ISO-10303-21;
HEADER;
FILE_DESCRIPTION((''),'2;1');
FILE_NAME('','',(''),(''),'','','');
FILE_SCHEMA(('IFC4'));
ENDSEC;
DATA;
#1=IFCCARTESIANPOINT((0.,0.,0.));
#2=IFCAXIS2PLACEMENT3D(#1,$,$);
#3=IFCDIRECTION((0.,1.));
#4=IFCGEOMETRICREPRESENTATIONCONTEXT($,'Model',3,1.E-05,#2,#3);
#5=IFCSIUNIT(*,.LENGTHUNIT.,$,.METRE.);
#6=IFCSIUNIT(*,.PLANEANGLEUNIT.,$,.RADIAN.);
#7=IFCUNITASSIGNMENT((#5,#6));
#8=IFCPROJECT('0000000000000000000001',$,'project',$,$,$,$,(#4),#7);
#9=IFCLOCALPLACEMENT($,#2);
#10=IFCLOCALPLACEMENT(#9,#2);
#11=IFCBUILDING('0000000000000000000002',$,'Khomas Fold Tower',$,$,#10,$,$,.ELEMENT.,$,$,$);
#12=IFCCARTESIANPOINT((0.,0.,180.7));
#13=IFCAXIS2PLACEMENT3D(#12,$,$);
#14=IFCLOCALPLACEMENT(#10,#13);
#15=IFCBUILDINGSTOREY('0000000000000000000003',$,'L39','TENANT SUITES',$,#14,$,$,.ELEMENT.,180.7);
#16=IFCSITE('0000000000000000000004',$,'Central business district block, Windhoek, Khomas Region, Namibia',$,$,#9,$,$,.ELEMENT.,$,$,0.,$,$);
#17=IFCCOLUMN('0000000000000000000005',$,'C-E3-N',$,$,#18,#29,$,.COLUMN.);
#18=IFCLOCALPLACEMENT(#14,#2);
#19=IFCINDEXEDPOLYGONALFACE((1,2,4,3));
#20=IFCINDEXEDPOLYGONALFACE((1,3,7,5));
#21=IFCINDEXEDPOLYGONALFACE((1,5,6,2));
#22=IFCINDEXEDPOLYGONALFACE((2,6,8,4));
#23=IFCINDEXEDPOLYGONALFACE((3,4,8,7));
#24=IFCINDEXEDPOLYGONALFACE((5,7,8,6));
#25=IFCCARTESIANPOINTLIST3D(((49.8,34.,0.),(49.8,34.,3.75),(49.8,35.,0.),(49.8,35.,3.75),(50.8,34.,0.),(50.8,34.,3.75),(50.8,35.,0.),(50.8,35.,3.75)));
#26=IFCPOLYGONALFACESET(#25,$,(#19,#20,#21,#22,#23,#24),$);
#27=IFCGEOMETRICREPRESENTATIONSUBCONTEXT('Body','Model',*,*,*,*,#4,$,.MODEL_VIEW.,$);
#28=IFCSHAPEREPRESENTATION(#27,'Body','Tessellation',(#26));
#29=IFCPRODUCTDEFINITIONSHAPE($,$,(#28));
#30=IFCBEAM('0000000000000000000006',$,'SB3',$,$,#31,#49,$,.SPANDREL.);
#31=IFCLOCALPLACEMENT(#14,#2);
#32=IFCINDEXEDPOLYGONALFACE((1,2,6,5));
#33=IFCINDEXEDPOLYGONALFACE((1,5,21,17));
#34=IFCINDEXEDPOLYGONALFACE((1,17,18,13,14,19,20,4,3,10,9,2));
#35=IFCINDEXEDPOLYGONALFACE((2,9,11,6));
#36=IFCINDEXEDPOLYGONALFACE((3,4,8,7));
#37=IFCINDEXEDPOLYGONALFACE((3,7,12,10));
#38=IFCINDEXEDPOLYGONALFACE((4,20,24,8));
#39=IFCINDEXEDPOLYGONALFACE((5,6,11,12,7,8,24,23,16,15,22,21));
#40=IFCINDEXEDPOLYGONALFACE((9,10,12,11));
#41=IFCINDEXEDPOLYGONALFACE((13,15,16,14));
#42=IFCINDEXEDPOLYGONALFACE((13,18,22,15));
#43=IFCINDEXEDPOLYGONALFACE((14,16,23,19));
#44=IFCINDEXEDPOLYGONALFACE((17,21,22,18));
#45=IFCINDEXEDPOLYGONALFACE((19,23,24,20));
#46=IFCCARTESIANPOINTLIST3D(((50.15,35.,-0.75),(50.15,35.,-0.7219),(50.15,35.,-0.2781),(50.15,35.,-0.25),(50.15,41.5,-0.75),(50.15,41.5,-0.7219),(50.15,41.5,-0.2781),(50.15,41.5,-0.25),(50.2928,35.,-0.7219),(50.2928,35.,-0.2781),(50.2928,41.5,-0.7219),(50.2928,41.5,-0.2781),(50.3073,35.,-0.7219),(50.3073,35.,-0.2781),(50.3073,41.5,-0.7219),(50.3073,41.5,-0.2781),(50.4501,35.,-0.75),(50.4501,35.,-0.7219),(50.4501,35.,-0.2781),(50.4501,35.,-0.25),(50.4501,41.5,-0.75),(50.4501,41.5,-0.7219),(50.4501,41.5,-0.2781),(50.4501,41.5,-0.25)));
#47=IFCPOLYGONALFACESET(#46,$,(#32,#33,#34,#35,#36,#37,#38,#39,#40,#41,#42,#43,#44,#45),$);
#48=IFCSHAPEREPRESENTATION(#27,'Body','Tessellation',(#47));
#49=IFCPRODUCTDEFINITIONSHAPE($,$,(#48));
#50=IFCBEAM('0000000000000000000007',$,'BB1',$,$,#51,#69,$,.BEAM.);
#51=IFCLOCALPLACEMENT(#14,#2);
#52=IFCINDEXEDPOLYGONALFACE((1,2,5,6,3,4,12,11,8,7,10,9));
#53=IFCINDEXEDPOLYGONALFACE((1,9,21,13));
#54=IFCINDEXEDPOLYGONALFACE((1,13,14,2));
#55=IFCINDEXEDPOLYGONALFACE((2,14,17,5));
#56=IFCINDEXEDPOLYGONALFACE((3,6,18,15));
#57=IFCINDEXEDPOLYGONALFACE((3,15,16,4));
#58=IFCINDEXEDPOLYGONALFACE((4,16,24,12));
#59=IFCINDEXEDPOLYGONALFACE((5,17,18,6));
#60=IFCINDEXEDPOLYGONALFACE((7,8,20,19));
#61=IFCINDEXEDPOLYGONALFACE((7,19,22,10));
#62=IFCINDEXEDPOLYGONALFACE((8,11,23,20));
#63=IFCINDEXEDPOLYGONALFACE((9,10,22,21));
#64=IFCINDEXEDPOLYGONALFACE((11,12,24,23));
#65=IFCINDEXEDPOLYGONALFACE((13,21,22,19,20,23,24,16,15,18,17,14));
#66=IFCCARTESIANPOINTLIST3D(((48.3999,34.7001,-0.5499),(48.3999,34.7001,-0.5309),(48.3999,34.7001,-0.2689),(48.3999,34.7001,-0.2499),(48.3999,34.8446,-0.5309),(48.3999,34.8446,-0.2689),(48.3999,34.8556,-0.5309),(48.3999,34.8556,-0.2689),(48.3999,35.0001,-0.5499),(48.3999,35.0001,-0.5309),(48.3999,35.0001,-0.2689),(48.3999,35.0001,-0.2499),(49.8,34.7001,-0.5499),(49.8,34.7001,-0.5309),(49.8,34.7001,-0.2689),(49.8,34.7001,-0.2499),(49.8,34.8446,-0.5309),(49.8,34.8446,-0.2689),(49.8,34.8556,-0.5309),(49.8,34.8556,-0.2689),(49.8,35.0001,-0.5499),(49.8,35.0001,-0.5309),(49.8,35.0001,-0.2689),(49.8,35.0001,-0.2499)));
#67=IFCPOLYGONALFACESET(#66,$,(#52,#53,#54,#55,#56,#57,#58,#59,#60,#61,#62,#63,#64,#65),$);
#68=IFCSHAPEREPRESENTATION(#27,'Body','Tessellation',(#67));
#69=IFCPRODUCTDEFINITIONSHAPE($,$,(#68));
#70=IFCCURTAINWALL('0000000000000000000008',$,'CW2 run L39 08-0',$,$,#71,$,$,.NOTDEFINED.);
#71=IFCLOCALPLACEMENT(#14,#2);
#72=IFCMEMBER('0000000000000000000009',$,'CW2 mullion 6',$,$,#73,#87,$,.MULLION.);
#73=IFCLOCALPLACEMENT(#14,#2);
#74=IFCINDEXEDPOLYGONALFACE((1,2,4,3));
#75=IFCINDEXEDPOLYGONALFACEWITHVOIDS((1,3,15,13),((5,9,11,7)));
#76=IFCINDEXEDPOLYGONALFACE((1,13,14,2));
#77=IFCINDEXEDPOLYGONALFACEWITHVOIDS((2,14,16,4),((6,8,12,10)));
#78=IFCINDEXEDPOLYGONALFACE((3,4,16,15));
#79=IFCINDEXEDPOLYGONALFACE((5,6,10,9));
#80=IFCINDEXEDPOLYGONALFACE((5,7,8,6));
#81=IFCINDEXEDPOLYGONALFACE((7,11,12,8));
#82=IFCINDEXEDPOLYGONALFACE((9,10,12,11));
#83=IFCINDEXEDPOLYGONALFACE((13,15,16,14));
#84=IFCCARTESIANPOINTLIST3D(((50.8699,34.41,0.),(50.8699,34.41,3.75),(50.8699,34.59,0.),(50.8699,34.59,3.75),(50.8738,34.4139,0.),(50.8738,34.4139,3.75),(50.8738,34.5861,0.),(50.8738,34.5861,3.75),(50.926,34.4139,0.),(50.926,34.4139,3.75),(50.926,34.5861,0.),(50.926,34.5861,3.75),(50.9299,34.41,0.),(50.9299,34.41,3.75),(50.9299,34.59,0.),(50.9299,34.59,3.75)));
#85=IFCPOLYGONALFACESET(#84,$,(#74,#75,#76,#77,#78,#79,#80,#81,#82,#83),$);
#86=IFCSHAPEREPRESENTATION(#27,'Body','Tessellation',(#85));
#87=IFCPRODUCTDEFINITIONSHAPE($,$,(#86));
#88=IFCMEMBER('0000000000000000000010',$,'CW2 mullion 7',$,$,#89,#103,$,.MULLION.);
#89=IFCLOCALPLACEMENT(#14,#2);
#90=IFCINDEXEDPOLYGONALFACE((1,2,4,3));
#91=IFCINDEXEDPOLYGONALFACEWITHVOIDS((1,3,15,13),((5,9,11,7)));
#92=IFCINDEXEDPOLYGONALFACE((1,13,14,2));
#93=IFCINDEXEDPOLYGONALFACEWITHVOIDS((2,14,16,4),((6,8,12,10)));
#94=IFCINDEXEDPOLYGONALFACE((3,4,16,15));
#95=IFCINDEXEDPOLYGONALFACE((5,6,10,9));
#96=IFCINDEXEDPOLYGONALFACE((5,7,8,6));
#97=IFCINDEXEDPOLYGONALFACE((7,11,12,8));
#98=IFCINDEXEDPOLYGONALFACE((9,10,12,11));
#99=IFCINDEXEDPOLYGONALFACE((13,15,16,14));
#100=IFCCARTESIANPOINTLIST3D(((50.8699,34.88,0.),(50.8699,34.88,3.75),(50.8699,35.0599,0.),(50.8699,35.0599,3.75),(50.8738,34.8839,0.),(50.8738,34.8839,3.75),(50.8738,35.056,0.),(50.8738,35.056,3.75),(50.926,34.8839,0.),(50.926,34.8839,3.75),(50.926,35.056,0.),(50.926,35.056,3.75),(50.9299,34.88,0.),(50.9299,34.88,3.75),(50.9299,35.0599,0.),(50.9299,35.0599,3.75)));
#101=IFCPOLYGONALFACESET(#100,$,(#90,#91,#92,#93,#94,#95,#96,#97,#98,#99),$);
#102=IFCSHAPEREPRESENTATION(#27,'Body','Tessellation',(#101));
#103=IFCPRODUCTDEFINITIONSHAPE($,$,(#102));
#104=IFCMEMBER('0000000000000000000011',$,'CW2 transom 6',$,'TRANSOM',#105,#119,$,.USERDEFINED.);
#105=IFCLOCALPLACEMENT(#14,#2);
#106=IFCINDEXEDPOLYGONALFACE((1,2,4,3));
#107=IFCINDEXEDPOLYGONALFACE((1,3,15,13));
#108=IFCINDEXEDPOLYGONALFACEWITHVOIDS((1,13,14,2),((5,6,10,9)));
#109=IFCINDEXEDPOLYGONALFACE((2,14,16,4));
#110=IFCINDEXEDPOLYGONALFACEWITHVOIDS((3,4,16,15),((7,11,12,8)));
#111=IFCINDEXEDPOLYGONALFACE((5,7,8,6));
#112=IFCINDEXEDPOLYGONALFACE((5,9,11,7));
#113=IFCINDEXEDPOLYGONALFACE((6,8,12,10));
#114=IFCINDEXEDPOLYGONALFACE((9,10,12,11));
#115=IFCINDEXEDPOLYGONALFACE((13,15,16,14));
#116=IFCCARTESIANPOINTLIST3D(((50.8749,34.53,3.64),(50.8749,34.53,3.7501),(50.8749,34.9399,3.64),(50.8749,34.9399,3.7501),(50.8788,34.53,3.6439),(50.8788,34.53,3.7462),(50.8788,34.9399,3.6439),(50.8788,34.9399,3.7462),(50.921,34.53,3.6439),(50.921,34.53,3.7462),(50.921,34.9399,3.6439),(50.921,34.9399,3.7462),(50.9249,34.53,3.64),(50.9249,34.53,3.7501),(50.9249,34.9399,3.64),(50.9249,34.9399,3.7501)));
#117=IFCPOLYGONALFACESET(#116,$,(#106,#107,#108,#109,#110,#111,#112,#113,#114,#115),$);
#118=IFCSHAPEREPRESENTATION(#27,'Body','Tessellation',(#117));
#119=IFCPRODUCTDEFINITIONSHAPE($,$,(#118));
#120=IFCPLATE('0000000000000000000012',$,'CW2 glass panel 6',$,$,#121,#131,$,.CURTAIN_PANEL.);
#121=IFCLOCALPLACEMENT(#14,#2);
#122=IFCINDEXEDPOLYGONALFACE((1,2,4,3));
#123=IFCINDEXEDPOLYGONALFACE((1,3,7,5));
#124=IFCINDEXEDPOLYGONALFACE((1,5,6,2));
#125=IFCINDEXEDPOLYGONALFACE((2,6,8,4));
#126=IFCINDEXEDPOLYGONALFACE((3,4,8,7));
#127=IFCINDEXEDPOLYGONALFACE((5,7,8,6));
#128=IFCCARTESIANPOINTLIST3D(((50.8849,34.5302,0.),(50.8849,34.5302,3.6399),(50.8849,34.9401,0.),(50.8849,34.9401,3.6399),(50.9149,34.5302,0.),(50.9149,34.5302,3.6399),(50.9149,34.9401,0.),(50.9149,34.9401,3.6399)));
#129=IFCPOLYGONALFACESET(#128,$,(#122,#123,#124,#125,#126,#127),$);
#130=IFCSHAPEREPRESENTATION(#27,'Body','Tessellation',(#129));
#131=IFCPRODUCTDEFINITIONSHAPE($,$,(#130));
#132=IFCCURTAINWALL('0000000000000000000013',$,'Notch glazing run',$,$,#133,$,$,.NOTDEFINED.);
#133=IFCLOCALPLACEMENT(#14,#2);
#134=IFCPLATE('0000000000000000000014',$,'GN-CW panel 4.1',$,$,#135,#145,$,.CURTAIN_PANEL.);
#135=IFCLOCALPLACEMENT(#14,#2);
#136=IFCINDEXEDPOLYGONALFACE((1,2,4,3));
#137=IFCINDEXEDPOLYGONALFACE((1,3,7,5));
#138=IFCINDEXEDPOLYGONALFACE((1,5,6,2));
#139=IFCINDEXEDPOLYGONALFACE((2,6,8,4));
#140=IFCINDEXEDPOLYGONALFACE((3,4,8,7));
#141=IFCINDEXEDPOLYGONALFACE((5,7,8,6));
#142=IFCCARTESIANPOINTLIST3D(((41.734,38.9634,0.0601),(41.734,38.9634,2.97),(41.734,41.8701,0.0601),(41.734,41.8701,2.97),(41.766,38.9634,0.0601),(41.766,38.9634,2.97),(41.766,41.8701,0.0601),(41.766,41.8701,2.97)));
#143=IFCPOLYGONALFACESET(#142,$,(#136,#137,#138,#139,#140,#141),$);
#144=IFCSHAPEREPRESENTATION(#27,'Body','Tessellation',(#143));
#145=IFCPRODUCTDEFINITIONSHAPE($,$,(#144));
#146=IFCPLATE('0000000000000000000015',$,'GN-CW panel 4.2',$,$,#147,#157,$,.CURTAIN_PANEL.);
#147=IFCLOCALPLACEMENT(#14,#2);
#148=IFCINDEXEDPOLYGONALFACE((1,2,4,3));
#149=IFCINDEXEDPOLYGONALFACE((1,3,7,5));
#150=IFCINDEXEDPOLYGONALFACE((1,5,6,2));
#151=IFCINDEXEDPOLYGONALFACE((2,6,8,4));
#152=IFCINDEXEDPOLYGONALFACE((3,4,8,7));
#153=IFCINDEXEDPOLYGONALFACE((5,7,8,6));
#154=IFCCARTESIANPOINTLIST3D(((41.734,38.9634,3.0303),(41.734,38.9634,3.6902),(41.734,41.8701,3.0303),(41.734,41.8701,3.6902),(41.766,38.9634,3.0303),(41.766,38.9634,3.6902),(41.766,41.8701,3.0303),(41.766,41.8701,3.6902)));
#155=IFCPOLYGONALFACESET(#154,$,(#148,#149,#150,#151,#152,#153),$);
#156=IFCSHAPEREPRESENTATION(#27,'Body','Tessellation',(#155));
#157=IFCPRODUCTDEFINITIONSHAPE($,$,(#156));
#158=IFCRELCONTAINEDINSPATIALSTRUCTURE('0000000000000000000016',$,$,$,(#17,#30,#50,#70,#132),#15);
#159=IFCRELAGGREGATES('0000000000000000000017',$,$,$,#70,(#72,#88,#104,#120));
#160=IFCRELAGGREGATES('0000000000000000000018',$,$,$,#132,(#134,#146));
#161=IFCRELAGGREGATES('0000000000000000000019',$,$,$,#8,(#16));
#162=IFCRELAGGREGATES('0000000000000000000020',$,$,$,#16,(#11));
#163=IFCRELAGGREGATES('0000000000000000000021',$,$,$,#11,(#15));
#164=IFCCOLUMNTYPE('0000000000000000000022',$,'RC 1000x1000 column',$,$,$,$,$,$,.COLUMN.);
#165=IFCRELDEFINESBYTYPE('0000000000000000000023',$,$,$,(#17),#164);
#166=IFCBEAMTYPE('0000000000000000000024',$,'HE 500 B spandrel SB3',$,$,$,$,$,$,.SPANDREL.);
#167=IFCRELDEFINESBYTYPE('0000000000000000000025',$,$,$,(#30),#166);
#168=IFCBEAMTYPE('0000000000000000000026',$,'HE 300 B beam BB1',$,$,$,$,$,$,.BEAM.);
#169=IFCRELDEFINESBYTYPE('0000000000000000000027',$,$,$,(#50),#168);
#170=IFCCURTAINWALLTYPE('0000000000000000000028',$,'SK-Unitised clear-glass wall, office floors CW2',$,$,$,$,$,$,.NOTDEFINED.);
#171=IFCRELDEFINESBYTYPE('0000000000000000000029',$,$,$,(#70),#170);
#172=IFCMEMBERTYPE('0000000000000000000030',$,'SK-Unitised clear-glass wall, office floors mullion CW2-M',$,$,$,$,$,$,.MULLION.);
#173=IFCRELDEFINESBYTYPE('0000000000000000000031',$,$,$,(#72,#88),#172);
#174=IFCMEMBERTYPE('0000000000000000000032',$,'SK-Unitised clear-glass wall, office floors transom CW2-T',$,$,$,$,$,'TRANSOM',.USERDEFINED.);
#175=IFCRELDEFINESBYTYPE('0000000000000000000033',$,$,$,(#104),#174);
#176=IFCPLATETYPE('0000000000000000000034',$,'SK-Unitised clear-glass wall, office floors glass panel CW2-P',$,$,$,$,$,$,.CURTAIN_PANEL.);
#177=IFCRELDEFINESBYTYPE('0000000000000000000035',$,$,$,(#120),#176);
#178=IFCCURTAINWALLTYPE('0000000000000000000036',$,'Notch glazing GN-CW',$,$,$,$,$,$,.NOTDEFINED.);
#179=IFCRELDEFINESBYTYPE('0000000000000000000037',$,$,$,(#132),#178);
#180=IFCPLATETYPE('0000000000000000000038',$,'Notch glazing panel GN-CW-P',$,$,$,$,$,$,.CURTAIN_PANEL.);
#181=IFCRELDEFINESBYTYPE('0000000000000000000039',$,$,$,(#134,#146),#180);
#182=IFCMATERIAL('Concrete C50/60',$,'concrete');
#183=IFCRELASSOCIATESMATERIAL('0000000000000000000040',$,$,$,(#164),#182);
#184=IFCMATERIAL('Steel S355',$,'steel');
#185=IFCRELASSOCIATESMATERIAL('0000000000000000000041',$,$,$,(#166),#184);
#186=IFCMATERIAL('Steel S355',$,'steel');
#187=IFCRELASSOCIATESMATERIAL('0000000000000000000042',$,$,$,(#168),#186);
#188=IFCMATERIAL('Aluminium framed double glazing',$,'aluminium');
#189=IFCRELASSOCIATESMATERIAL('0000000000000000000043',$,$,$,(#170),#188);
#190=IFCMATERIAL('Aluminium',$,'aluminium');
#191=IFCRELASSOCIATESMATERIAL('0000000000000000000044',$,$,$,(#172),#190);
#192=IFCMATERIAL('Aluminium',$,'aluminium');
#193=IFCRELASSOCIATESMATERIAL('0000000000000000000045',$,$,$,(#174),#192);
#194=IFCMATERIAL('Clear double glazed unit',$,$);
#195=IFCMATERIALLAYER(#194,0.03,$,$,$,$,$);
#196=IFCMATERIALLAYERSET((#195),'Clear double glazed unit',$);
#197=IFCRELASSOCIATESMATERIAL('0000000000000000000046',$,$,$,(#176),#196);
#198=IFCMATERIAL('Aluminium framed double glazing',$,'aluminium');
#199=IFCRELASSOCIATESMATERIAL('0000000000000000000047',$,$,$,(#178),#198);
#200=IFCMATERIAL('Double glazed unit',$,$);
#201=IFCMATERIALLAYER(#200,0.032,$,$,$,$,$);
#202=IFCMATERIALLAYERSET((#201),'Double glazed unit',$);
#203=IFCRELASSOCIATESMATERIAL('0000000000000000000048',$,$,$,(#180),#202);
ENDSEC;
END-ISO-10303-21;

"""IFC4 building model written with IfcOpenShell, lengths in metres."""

from ifc_helpers import new_model, si_unit, direction, frame, origin, origin_2d, place, context, subcontext, project, spatial, rectangle, hollow_rectangle, i_section, extrude, source, transform, mapped, material, layer, layer_set, material_profile, profile_set, type_object, element, aggregate, save


model = new_model("IFC4")

# Units and contexts
model_context = context("Model", 3, precision=1e-05, world=origin(), true_north=direction((0.0, 1.0)))
body_context = subcontext(model_context, "Body", "Model", "MODEL_VIEW")
ifc_project = project(units=[si_unit("LENGTHUNIT", "METRE"), si_unit("PLANEANGLEUNIT", "RADIAN")], contexts=[model_context])

# Site, building, storey
site_placement = place(None, origin())
site = spatial("IfcSite", under=ifc_project, at=site_placement, Name="Central business district block, Windhoek, Khomas Region, Namibia", CompositionType="ELEMENT", RefElevation=0.0)
building_placement = place(site_placement, origin())
building = spatial("IfcBuilding", under=site, at=building_placement, Name="Khomas Fold Tower", CompositionType="ELEMENT")
storey_placement = place(building_placement, frame((0.0, 0.0, 180.7)))
storey = spatial("IfcBuildingStorey", under=building, at=storey_placement, Name="L39", Description="TENANT SUITES", CompositionType="ELEMENT", Elevation=180.7)

# Column
ifc_material_1 = material(Name="Concrete C50/60", Category="concrete")
ifc_material_profile_1 = material_profile(ifc_material_1, rectangle(XDim=1.0, YDim=1.0, at=origin_2d()), Name="RC 1000x1000")
ifc_profile_set_1 = profile_set([ifc_material_profile_1], Name="Concrete C50/60")
column_type = type_object("IfcColumnType", Name="RC 1000x1000 column", PredefinedType="COLUMN", material=ifc_profile_set_1)
shared_shape_1 = source(origin(), body_context, "Body", "SweptSolid", [
    extrude(rectangle(XDim=1.0, YDim=1.0, at=origin_2d()), origin(), (0.0, 0.0, 1.0), 3.75),
])
column_placement = place(storey_placement, frame((50.3, 34.5, 0.0), z_axis=(0.0, 0.0, 1.0), x_axis=(1.0, 0.0, 0.0)))
element("IfcColumn", 1, at=column_placement, inside=storey, type_object=column_type, Name="C-E3-N", PredefinedType="COLUMN", context=body_context, shape_type="MappedRepresentation", body=[
    mapped(shared_shape_1, transform((0.0, 0.0, 0.0))),
])

# Beams
ifc_material_2 = material(Name="Steel S355", Category="steel")
ifc_material_profile_2 = material_profile(ifc_material_2, i_section(OverallWidth=0.3, OverallDepth=0.5, WebThickness=0.0144, FlangeThickness=0.0281, at=origin_2d()), Name="HE 500 B")
ifc_profile_set_2 = profile_set([ifc_material_profile_2], Name="Steel S355")
beam_type_1 = type_object("IfcBeamType", Name="HE 500 B spandrel SB3", PredefinedType="SPANDREL", material=ifc_profile_set_2)
shared_shape_2 = source(origin(), body_context, "Body", "SweptSolid", [
    extrude(i_section(OverallWidth=0.3, OverallDepth=0.5, WebThickness=0.0144, FlangeThickness=0.0281, at=origin_2d()), origin(), (0.0, 0.0, 1.0), 6.5),
])
beam_1_placement = place(storey_placement, frame((50.3, 35.0, -0.5), z_axis=(0.0, 1.0, 0.0), x_axis=(-1.0, 0.0, 0.0)))
element("IfcBeam", 2, at=beam_1_placement, inside=storey, type_object=beam_type_1, Name="SB3", PredefinedType="SPANDREL", context=body_context, shape_type="MappedRepresentation", body=[
    mapped(shared_shape_2, transform((0.0, 0.0, 0.0))),
])
ifc_material_3 = material(Name="Steel S355", Category="steel")
ifc_material_profile_3 = material_profile(ifc_material_3, i_section(OverallWidth=0.3, OverallDepth=0.3, WebThickness=0.011, FlangeThickness=0.019, at=origin_2d()), Name="HE 300 B")
ifc_profile_set_3 = profile_set([ifc_material_profile_3], Name="Steel S355")
beam_type_2 = type_object("IfcBeamType", Name="HE 300 B beam BB1", PredefinedType="BEAM", material=ifc_profile_set_3)
shared_shape_3 = source(origin(), body_context, "Body", "SweptSolid", [
    extrude(i_section(OverallWidth=0.3, OverallDepth=0.3, WebThickness=0.011, FlangeThickness=0.019, at=origin_2d()), origin(), (0.0, 0.0, 1.0), 1.4001),
])
beam_2_placement = place(storey_placement, frame((48.3999, 34.8501, -0.3999), z_axis=(1.0, 0.0, 0.0), x_axis=(0.0, 1.0, 0.0)))
element("IfcBeam", 3, at=beam_2_placement, inside=storey, type_object=beam_type_2, Name="BB1", PredefinedType="BEAM", context=body_context, shape_type="MappedRepresentation", body=[
    mapped(shared_shape_3, transform((0.0, 0.0, 0.0))),
])

# Curtain wall, members, plate
ifc_material_4 = material(Name="Aluminium framed double glazing", Category="aluminium")
curtain_wall_type_1 = type_object("IfcCurtainWallType", Name="SK-Unitised clear-glass wall, office floors CW2", PredefinedType="NOTDEFINED", material=ifc_material_4)
curtain_wall_1_placement = place(storey_placement, origin())
curtain_wall_1 = element("IfcCurtainWall", 4, at=curtain_wall_1_placement, inside=storey, type_object=curtain_wall_type_1, Name="CW2 run L39 08-0", PredefinedType="NOTDEFINED")
ifc_material_5 = material(Name="Aluminium", Category="aluminium")
ifc_material_profile_4 = material_profile(ifc_material_5, hollow_rectangle(XDim=0.0601, YDim=0.1799, WallThickness=0.0039, at=origin_2d()), Name="SK-Unitised clear-glass wall, office floors mullion CW2-M")
ifc_profile_set_4 = profile_set([ifc_material_profile_4], Name="Aluminium")
member_type_1 = type_object("IfcMemberType", Name="SK-Unitised clear-glass wall, office floors mullion CW2-M", PredefinedType="MULLION", material=ifc_profile_set_4)
shared_shape_4 = source(origin(), body_context, "Body", "SweptSolid", [
    extrude(hollow_rectangle(XDim=0.0601, YDim=0.1799, WallThickness=0.0039, at=origin_2d()), origin(), (0.0, 0.0, 1.0), 3.75),
])
member_1_placement = place(storey_placement, frame((50.8999, 34.5, 0.0), z_axis=(0.0, 0.0, 1.0), x_axis=(-1.0, 0.0, 0.0)))
member_1 = element("IfcMember", 5, at=member_1_placement, type_object=member_type_1, Name="CW2 mullion 6", PredefinedType="MULLION", context=body_context, shape_type="MappedRepresentation", body=[
    mapped(shared_shape_4, transform((0.0, 0.0, 0.0))),
])
member_2_placement = place(storey_placement, frame((50.8999, 34.97, 0.0), z_axis=(0.0, 0.0, 1.0), x_axis=(-1.0, 0.0, 0.0)))
member_2 = element("IfcMember", 6, at=member_2_placement, type_object=member_type_1, Name="CW2 mullion 7", PredefinedType="MULLION", context=body_context, shape_type="MappedRepresentation", body=[
    mapped(shared_shape_4, transform((0.0, 0.0, 0.0))),
])
ifc_material_6 = material(Name="Aluminium", Category="aluminium")
ifc_material_profile_5 = material_profile(ifc_material_6, hollow_rectangle(XDim=0.05, YDim=0.1101, WallThickness=0.0039, at=origin_2d()), Name="SK-Unitised clear-glass wall, office floors transom CW2-T")
ifc_profile_set_5 = profile_set([ifc_material_profile_5], Name="Aluminium")
member_type_2 = type_object("IfcMemberType", Name="SK-Unitised clear-glass wall, office floors transom CW2-T", ElementType="TRANSOM", PredefinedType="USERDEFINED", material=ifc_profile_set_5)
shared_shape_5 = source(origin(), body_context, "Body", "SweptSolid", [
    extrude(hollow_rectangle(XDim=0.05, YDim=0.1101, WallThickness=0.0039, at=origin_2d()), origin(), (0.0, 0.0, 1.0), 0.4099),
])
member_3_placement = place(storey_placement, frame((50.8999, 34.53, 3.6951), z_axis=(0.0, 1.0, 0.0), x_axis=(-1.0, 0.0, 0.0)))
member_3 = element("IfcMember", 7, at=member_3_placement, type_object=member_type_2, Name="CW2 transom 6", ObjectType="TRANSOM", PredefinedType="USERDEFINED", context=body_context, shape_type="MappedRepresentation", body=[
    mapped(shared_shape_5, transform((0.0, 0.0, 0.0))),
])
ifc_material_7 = material(Name="Clear double glazed unit")
ifc_layer_1 = layer(ifc_material_7, 0.03)
ifc_layer_set_1 = layer_set([ifc_layer_1], Name="Clear double glazed unit")
plate_type_1 = type_object("IfcPlateType", Name="SK-Unitised clear-glass wall, office floors glass panel CW2-P", PredefinedType="CURTAIN_PANEL", material=ifc_layer_set_1)
shared_shape_6 = source(origin(), body_context, "Body", "SweptSolid", [
    extrude(rectangle(XDim=0.4099, YDim=0.03, at=origin_2d()), origin(), (0.0, 0.0, 1.0), 3.6399),
])
plate_1_placement = place(storey_placement, frame((50.8999, 34.7351, 0.0), z_axis=(0.0, 0.0, 1.0), x_axis=(0.0, 1.0, 0.0)))
plate_1 = element("IfcPlate", 8, at=plate_1_placement, type_object=plate_type_1, Name="CW2 glass panel 6", PredefinedType="CURTAIN_PANEL", context=body_context, shape_type="MappedRepresentation", body=[
    mapped(shared_shape_6, transform((0.0, 0.0, 0.0))),
])
aggregate(curtain_wall_1, [member_1, member_2, member_3, plate_1])

# Curtain wall, plates
ifc_material_8 = material(Name="Aluminium framed double glazing", Category="aluminium")
curtain_wall_type_2 = type_object("IfcCurtainWallType", Name="Notch glazing GN-CW", PredefinedType="NOTDEFINED", material=ifc_material_8)
curtain_wall_2_placement = place(storey_placement, origin())
curtain_wall_2 = element("IfcCurtainWall", 9, at=curtain_wall_2_placement, inside=storey, type_object=curtain_wall_type_2, Name="Notch glazing run", PredefinedType="NOTDEFINED")
ifc_material_9 = material(Name="Double glazed unit")
ifc_layer_2 = layer(ifc_material_9, 0.032)
ifc_layer_set_2 = layer_set([ifc_layer_2], Name="Double glazed unit")
plate_type_2 = type_object("IfcPlateType", Name="Notch glazing panel GN-CW-P", PredefinedType="CURTAIN_PANEL", material=ifc_layer_set_2)
shared_shape_7 = source(origin(), body_context, "Body", "SweptSolid", [
    extrude(rectangle(XDim=2.9067, YDim=0.032, at=origin_2d()), origin(), (0.0, 0.0, 1.0), 2.9099),
])
plate_2_placement = place(storey_placement, frame((41.75, 40.4167, 0.0601), z_axis=(0.0, 0.0, 1.0), x_axis=(0.0, -1.0, 0.0)))
plate_2 = element("IfcPlate", 10, at=plate_2_placement, type_object=plate_type_2, Name="GN-CW panel 4.1", PredefinedType="CURTAIN_PANEL", context=body_context, shape_type="MappedRepresentation", body=[
    mapped(shared_shape_7, transform((0.0, 0.0, 0.0))),
])
shared_shape_8 = source(origin(), body_context, "Body", "SweptSolid", [
    extrude(rectangle(XDim=2.9067, YDim=0.032, at=origin_2d()), origin(), (0.0, 0.0, 1.0), 0.6599),
])
plate_3_placement = place(storey_placement, frame((41.75, 40.4167, 3.0303), z_axis=(0.0, 0.0, 1.0), x_axis=(0.0, -1.0, 0.0)))
plate_3 = element("IfcPlate", 11, at=plate_3_placement, type_object=plate_type_2, Name="GN-CW panel 4.2", PredefinedType="CURTAIN_PANEL", context=body_context, shape_type="MappedRepresentation", body=[
    mapped(shared_shape_8, transform((0.0, 0.0, 0.0))),
])
aggregate(curtain_wall_2, [plate_2, plate_3])

save(model, "model.ifc")
